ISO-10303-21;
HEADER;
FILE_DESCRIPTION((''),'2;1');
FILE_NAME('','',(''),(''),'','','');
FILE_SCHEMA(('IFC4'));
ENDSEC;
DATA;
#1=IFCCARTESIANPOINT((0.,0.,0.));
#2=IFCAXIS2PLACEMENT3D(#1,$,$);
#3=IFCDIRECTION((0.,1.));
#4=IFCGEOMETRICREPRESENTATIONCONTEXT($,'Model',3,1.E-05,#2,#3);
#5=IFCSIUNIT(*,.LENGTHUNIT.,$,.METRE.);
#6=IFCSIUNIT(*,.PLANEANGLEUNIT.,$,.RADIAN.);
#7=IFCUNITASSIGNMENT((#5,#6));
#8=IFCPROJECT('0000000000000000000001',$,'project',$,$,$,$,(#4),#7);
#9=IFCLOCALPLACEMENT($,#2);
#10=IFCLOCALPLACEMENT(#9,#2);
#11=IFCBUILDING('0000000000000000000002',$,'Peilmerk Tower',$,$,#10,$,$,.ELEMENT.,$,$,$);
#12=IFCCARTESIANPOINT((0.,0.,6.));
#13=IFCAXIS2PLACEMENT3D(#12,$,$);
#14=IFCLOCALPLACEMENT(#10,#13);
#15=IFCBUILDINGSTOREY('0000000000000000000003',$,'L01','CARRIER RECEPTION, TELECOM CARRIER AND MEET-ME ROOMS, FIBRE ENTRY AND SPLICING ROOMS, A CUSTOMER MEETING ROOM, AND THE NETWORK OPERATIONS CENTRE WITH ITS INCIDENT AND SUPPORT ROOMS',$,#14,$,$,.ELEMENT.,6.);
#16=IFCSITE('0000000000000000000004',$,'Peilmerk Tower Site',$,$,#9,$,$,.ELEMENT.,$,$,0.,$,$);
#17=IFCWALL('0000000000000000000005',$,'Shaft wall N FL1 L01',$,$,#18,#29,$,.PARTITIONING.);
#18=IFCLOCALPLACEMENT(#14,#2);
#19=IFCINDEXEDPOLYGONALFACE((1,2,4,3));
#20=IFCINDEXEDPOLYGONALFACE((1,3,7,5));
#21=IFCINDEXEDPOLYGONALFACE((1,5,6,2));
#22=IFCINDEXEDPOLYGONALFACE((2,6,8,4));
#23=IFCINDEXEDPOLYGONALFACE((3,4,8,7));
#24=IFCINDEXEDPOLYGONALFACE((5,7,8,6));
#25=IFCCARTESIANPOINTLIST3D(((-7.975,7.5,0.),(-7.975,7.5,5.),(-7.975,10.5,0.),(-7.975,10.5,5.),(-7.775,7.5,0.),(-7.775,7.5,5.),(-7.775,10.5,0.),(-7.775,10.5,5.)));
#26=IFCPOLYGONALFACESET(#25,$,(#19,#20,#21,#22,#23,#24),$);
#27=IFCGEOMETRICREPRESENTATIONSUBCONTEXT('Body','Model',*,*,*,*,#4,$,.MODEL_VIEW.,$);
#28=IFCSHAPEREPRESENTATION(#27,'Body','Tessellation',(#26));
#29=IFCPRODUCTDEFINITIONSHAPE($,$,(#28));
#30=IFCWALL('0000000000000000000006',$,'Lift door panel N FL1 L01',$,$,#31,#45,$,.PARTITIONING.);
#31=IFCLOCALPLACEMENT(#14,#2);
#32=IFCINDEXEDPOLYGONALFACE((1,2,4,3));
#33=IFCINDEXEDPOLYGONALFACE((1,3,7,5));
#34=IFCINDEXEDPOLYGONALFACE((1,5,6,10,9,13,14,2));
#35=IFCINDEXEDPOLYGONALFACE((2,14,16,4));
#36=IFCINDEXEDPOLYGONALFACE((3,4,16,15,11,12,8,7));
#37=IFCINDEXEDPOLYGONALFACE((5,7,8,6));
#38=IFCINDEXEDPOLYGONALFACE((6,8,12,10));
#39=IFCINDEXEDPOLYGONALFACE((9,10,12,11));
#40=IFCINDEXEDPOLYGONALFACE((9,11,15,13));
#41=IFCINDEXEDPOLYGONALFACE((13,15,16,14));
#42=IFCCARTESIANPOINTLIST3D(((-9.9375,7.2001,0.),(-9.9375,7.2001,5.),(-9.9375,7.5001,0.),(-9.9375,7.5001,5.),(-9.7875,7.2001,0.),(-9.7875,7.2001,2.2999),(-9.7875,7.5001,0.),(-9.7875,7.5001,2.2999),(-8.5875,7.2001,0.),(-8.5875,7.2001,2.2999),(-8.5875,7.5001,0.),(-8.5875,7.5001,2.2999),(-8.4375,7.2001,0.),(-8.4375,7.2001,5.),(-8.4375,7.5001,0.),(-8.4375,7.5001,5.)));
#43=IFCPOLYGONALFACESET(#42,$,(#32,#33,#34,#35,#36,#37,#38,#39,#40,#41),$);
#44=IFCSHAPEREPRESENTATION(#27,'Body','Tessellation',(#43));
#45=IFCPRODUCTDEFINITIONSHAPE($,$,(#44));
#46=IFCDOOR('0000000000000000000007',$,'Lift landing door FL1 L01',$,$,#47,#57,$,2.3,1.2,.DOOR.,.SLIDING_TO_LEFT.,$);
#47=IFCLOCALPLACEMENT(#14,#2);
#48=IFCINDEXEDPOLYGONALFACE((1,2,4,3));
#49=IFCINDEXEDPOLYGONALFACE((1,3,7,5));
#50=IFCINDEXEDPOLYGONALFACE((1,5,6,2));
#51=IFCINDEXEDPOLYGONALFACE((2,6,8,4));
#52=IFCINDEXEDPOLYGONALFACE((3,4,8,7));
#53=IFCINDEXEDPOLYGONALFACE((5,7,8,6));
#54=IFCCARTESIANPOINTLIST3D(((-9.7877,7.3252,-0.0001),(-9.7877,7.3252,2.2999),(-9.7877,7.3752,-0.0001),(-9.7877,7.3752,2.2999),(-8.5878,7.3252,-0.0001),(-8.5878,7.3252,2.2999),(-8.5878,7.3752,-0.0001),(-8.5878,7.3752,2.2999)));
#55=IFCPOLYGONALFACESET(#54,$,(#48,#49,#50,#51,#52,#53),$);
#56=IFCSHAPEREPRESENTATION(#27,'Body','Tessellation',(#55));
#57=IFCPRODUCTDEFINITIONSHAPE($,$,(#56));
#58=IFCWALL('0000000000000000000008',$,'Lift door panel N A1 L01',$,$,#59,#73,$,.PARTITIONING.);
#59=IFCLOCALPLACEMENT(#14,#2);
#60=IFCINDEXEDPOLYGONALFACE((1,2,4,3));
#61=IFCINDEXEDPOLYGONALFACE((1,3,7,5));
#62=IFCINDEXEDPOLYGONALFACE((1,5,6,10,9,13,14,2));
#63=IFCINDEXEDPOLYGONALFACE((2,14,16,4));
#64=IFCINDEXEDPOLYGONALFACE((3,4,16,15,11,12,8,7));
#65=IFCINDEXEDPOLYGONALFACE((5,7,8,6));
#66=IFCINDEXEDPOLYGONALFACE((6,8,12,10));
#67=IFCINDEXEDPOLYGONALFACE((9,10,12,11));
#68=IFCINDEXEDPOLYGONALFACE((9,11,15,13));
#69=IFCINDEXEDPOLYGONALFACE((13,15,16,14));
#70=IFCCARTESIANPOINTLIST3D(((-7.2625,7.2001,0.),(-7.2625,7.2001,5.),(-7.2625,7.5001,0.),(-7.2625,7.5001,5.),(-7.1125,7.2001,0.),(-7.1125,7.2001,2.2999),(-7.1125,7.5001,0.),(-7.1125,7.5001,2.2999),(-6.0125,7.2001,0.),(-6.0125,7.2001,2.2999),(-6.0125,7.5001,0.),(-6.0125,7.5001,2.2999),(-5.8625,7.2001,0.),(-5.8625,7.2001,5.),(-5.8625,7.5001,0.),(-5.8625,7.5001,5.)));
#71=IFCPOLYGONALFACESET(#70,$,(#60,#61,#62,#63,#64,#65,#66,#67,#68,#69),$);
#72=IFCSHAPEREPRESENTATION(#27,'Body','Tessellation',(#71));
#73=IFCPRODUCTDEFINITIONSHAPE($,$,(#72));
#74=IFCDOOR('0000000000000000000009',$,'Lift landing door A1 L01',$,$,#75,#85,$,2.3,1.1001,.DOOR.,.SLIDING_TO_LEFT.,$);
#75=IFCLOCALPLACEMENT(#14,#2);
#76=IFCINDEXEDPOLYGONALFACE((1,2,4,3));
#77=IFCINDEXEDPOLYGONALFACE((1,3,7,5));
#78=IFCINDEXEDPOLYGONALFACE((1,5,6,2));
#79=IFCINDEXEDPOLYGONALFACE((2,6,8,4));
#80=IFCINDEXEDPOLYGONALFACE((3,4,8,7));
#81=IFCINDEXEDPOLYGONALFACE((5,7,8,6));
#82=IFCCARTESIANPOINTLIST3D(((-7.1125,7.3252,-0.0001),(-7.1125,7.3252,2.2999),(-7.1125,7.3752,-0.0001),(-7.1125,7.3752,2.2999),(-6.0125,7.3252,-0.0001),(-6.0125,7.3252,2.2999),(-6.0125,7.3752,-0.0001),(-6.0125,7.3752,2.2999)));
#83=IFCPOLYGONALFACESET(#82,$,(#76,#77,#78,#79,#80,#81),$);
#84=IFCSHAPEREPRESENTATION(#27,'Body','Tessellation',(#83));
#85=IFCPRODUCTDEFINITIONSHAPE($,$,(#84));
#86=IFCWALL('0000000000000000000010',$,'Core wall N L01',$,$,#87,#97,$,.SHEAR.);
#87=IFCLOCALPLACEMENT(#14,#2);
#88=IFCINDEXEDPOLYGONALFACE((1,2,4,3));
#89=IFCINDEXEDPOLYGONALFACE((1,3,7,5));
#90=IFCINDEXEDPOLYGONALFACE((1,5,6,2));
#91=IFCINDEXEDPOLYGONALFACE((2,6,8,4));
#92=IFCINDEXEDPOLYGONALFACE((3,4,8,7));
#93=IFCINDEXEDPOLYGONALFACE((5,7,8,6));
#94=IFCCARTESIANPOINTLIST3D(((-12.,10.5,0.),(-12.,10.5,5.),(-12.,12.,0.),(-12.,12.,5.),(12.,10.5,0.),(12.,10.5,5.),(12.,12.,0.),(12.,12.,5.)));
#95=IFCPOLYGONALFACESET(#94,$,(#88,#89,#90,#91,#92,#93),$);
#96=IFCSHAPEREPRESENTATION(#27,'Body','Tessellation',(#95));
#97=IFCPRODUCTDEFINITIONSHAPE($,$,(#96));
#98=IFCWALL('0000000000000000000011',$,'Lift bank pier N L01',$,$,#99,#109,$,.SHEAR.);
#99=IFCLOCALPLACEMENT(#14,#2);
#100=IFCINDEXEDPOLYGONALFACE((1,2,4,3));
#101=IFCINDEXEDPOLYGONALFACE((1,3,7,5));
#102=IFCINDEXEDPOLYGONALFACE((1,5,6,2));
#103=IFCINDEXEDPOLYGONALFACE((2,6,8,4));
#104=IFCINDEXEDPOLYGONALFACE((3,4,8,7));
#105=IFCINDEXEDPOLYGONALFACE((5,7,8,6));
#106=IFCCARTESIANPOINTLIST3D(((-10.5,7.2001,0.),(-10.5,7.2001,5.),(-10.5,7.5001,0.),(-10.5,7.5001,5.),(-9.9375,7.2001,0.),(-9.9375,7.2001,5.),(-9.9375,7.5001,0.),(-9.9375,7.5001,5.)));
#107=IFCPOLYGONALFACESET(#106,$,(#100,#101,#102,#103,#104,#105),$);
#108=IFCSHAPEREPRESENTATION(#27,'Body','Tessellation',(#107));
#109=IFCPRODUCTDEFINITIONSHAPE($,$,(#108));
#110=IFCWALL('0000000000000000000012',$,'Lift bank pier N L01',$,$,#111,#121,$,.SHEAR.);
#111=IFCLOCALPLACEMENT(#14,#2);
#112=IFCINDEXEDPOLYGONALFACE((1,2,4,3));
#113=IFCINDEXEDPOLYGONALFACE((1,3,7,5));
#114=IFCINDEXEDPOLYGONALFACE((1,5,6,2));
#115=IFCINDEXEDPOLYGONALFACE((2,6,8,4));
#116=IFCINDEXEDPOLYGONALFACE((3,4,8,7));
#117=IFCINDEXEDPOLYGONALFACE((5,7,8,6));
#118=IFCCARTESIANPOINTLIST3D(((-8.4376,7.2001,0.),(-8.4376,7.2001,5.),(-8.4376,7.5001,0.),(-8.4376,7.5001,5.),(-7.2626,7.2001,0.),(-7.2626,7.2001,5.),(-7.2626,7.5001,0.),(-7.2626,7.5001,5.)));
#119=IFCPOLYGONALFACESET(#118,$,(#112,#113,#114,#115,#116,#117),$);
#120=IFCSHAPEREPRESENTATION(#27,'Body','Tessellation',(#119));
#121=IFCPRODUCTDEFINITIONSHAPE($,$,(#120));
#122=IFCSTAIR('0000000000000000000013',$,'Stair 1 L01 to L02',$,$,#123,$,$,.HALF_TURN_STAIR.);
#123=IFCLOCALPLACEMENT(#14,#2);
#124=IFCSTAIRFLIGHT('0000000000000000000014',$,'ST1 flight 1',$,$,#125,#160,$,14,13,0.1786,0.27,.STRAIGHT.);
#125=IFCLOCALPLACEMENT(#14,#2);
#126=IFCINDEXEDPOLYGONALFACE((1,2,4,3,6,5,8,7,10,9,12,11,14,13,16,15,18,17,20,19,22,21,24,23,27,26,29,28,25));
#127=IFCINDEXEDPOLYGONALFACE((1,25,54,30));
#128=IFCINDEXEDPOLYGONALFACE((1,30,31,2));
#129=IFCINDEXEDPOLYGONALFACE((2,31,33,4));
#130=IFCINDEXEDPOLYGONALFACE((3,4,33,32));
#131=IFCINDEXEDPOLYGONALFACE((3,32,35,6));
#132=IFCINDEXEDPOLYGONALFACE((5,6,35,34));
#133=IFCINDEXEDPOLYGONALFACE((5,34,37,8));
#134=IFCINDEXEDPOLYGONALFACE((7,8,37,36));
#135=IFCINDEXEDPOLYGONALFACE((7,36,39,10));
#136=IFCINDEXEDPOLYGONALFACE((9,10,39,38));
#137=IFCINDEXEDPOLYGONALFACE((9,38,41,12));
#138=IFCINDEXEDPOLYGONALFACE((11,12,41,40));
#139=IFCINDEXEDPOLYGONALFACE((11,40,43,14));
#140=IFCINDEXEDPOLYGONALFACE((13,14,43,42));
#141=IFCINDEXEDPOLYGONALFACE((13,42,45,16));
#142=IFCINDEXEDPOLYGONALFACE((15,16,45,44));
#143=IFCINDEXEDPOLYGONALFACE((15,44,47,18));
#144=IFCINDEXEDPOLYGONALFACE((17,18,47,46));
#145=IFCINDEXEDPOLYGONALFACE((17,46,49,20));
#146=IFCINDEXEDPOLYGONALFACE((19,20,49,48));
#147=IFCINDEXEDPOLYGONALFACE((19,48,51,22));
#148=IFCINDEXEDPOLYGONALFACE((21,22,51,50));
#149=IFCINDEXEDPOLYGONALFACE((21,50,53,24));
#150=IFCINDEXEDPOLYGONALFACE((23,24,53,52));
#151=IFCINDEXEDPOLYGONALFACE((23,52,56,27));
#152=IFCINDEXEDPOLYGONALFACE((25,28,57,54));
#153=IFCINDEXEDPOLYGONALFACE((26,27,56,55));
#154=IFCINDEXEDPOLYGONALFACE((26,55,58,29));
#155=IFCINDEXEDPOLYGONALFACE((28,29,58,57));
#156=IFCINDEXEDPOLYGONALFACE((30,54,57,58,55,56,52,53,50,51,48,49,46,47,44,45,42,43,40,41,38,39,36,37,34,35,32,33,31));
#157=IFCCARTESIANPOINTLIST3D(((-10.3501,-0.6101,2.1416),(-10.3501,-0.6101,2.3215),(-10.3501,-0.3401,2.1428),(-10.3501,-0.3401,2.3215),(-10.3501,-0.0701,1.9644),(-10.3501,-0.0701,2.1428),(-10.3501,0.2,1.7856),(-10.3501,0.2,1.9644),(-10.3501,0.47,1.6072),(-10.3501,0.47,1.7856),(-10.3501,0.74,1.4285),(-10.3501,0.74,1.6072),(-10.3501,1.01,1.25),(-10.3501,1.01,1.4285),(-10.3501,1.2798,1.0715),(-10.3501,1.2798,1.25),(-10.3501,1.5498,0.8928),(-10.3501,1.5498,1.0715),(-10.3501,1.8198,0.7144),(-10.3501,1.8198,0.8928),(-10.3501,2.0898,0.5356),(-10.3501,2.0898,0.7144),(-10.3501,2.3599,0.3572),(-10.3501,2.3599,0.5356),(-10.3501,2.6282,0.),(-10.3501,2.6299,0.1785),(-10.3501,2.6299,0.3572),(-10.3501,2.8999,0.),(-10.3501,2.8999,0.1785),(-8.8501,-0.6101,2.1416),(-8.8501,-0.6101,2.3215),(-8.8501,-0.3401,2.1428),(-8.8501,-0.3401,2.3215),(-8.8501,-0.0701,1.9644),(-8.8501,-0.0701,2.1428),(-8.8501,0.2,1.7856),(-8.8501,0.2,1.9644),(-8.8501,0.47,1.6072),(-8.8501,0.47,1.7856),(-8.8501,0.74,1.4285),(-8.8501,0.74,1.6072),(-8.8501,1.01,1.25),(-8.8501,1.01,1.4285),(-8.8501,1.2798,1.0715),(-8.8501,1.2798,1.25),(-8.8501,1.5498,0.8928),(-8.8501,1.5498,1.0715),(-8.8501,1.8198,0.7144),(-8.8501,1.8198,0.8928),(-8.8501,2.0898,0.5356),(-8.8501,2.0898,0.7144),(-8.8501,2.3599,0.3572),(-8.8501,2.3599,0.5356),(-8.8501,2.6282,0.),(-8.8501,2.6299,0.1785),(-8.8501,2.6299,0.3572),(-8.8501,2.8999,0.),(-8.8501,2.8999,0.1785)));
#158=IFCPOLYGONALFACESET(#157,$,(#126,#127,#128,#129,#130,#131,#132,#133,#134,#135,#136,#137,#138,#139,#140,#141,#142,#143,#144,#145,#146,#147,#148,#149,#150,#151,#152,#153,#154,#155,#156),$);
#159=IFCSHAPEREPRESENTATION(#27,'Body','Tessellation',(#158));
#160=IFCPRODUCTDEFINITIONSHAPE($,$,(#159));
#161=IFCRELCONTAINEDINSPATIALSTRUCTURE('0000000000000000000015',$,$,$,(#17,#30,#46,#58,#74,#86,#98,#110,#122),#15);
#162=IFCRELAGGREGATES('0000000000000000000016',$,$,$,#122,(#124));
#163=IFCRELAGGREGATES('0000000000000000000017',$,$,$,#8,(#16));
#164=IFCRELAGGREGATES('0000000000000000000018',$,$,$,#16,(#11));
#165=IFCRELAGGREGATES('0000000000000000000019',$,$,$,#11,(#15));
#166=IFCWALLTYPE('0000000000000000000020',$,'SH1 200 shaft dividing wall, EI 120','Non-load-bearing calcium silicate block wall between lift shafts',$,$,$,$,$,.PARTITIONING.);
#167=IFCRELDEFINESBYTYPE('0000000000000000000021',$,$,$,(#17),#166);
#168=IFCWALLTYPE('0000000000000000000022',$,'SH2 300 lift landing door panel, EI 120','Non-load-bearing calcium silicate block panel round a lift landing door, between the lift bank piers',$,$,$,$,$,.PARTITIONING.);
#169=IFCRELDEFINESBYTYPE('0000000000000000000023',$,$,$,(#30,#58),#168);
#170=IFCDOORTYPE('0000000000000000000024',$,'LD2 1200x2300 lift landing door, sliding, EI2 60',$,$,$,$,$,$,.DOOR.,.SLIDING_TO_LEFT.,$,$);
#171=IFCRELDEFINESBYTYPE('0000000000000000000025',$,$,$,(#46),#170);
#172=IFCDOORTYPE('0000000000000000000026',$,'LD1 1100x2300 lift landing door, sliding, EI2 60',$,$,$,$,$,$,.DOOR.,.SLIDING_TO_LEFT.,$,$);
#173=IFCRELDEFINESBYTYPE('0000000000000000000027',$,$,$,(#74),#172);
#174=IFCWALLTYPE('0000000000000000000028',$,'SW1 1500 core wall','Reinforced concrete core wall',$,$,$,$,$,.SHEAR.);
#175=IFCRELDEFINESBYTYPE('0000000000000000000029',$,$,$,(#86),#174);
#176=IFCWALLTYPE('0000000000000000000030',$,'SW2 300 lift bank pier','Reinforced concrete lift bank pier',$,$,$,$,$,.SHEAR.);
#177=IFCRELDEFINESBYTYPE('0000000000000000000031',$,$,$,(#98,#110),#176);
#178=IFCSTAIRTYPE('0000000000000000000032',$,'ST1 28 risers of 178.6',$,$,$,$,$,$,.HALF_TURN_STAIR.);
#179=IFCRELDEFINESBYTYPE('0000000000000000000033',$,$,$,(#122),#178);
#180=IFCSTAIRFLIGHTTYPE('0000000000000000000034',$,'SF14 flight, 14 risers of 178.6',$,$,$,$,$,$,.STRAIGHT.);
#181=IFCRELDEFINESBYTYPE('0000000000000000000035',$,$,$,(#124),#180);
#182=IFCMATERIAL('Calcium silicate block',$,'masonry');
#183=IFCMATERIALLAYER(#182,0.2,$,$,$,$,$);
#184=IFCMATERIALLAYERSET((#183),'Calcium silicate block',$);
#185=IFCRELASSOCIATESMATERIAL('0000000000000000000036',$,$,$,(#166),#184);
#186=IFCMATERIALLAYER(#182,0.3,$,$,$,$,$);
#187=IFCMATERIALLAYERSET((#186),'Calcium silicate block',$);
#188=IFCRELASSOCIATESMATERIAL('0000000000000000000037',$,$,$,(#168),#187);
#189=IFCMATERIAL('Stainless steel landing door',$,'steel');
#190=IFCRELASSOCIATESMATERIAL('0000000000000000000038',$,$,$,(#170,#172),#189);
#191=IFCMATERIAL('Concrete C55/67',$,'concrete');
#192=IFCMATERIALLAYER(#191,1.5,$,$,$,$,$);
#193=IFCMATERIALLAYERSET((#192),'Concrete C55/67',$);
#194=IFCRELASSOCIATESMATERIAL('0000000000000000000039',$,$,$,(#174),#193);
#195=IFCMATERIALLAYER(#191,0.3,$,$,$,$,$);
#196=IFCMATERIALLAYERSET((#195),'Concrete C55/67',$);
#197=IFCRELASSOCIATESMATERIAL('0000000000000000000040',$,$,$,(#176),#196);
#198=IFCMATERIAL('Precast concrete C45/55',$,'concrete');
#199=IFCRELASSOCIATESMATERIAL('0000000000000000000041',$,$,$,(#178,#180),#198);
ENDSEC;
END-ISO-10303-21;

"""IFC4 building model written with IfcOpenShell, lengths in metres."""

from ifc_helpers import new_model, si_unit, direction, frame, frame_2d, origin, place, context, subcontext, project, spatial, polyline, rectangle, outline, extrude, material, layer, layer_set, type_object, element, fill, aggregate, save


model = new_model("IFC4")

# Units and contexts
model_context = context("Model", 3, precision=1e-05, world=origin(), true_north=direction((0.0, 1.0)))
body_context = subcontext(model_context, "Body", "Model", "MODEL_VIEW")
ifc_project = project(units=[si_unit("LENGTHUNIT", "METRE"), si_unit("PLANEANGLEUNIT", "RADIAN")], contexts=[model_context])

# Site, building, storey
site_placement = place(None, origin())
site = spatial("IfcSite", under=ifc_project, at=site_placement, Name="Peilmerk Tower Site", CompositionType="ELEMENT", RefElevation=0.0)
building_placement = place(site_placement, origin())
building = spatial("IfcBuilding", under=site, at=building_placement, Name="Peilmerk Tower", CompositionType="ELEMENT")
storey_placement = place(building_placement, frame((0.0, 0.0, 6.0)))
storey = spatial("IfcBuildingStorey", under=building, at=storey_placement, Name="L01", Description="CARRIER RECEPTION, TELECOM CARRIER AND MEET-ME ROOMS, FIBRE ENTRY AND SPLICING ROOMS, A CUSTOMER MEETING ROOM, AND THE NETWORK OPERATIONS CENTRE WITH ITS INCIDENT AND SUPPORT ROOMS", CompositionType="ELEMENT", Elevation=6.0)

# Shared definitions
ifc_material_1 = material(Name="Calcium silicate block", Category="masonry")

# Wall
ifc_layer_1 = layer(ifc_material_1, 0.2)
ifc_layer_set_1 = layer_set([ifc_layer_1], Name="Calcium silicate block")
wall_type_1 = type_object("IfcWallType", Name="SH1 200 shaft dividing wall, EI 120", Description="Non-load-bearing calcium silicate block wall between lift shafts", PredefinedType="PARTITIONING", material=ifc_layer_set_1)
wall_1_placement = place(storey_placement, frame((-7.875, 7.5, 0.0), z_axis=(0.0, 0.0, 1.0), x_axis=(0.0, 1.0, 0.0)))
element("IfcWall", 1, at=wall_1_placement, inside=storey, type_object=wall_type_1, Name="Shaft wall N FL1 L01", PredefinedType="PARTITIONING", context=body_context, shape_type="SweptSolid", body=[
    extrude(rectangle(XDim=3.0, YDim=0.2, at=frame_2d((1.5, 0.0))), origin(), (0.0, 0.0, 1.0), 5.0),
])

# Walls, openings, doors
ifc_layer_2 = layer(ifc_material_1, 0.3)
ifc_layer_set_2 = layer_set([ifc_layer_2], Name="Calcium silicate block")
wall_type_2 = type_object("IfcWallType", Name="SH2 300 lift landing door panel, EI 120", Description="Non-load-bearing calcium silicate block panel round a lift landing door, between the lift bank piers", PredefinedType="PARTITIONING", material=ifc_layer_set_2)
wall_2_placement = place(storey_placement, frame((-9.9375, 7.3501, 0.0), z_axis=(0.0, 0.0, 1.0), x_axis=(1.0, 0.0, 0.0)))
wall_2 = element("IfcWall", 2, at=wall_2_placement, inside=storey, type_object=wall_type_2, Name="Lift door panel N FL1 L01", PredefinedType="PARTITIONING", context=body_context, shape_type="SweptSolid", body=[
    extrude(rectangle(XDim=1.5, YDim=0.3, at=frame_2d((0.75, 0.0))), origin(), (0.0, 0.0, 1.0), 5.0),
])
opening_1_placement = place(wall_2_placement, frame((0.1499, 0.0, 0.0)))
opening_1 = element("IfcOpeningElement", 3, at=opening_1_placement, cuts=wall_2, PredefinedType="OPENING", context=body_context, shape_type="SweptSolid", body=[
    extrude(rectangle(XDim=1.2, YDim=2.3, at=frame_2d((0.6001, 1.1499))), frame((0.0, 0.1599, 0.0), z_axis=(0.0, -1.0, 0.0), x_axis=(1.0, 0.0, 0.0)), (0.0, 0.0, 1.0), 0.3201),
])
ifc_material_2 = material(Name="Stainless steel landing door", Category="steel")
door_type_1 = type_object("IfcDoorType", Name="LD2 1200x2300 lift landing door, sliding, EI2 60", OperationType="SLIDING_TO_LEFT", PredefinedType="DOOR", material=ifc_material_2)
door_1_placement = place(opening_1_placement, frame((1.2, 0.0, 0.0), z_axis=(0.0, 0.0, 1.0), x_axis=(-1.0, 0.0, 0.0)))
door_1 = element("IfcDoor", 4, at=door_1_placement, inside=storey, type_object=door_type_1, Name="Lift landing door FL1 L01", OperationType="SLIDING_TO_LEFT", OverallHeight=2.3, OverallWidth=1.2, PredefinedType="DOOR", context=body_context, shape_type="SweptSolid", body=[
    extrude(rectangle(XDim=1.2, YDim=2.3, at=frame_2d((0.6001, 1.1499))), frame((0.0, 0.0249, 0.0), z_axis=(0.0, -1.0, 0.0), x_axis=(1.0, 0.0, 0.0)), (0.0, 0.0, 1.0), 0.05),
])
fill(opening_1, door_1)
wall_3_placement = place(storey_placement, frame((-7.2625, 7.3501, 0.0), z_axis=(0.0, 0.0, 1.0), x_axis=(1.0, 0.0, 0.0)))
wall_3 = element("IfcWall", 5, at=wall_3_placement, inside=storey, type_object=wall_type_2, Name="Lift door panel N A1 L01", PredefinedType="PARTITIONING", context=body_context, shape_type="SweptSolid", body=[
    extrude(rectangle(XDim=1.3999, YDim=0.3, at=frame_2d((0.7, 0.0))), origin(), (0.0, 0.0, 1.0), 5.0),
])
opening_2_placement = place(wall_3_placement, frame((0.1499, 0.0, 0.0)))
opening_2 = element("IfcOpeningElement", 6, at=opening_2_placement, cuts=wall_3, PredefinedType="OPENING", context=body_context, shape_type="SweptSolid", body=[
    extrude(rectangle(XDim=1.1001, YDim=2.3, at=frame_2d((0.55, 1.1499))), frame((0.0, 0.1599, 0.0), z_axis=(0.0, -1.0, 0.0), x_axis=(1.0, 0.0, 0.0)), (0.0, 0.0, 1.0), 0.3201),
])
door_type_2 = type_object("IfcDoorType", Name="LD1 1100x2300 lift landing door, sliding, EI2 60", OperationType="SLIDING_TO_LEFT", PredefinedType="DOOR", material=ifc_material_2)
door_2_placement = place(opening_2_placement, frame((1.1001, 0.0, 0.0), z_axis=(0.0, 0.0, 1.0), x_axis=(-1.0, 0.0, 0.0)))
door_2 = element("IfcDoor", 7, at=door_2_placement, inside=storey, type_object=door_type_2, Name="Lift landing door A1 L01", OperationType="SLIDING_TO_LEFT", OverallHeight=2.3, OverallWidth=1.1001, PredefinedType="DOOR", context=body_context, shape_type="SweptSolid", body=[
    extrude(rectangle(XDim=1.1001, YDim=2.3, at=frame_2d((0.55, 1.1499))), frame((0.0, 0.0249, 0.0), z_axis=(0.0, -1.0, 0.0), x_axis=(1.0, 0.0, 0.0)), (0.0, 0.0, 1.0), 0.05),
])
fill(opening_2, door_2)

# Walls
ifc_material_3 = material(Name="Concrete C55/67", Category="concrete")
ifc_layer_3 = layer(ifc_material_3, 1.5)
ifc_layer_set_3 = layer_set([ifc_layer_3], Name="Concrete C55/67")
wall_type_3 = type_object("IfcWallType", Name="SW1 1500 core wall", Description="Reinforced concrete core wall", PredefinedType="SHEAR", material=ifc_layer_set_3)
wall_4_placement = place(storey_placement, frame((-12.0, 11.25, 0.0), z_axis=(0.0, 0.0, 1.0), x_axis=(1.0, 0.0, 0.0)))
element("IfcWall", 8, at=wall_4_placement, inside=storey, type_object=wall_type_3, Name="Core wall N L01", PredefinedType="SHEAR", context=body_context, shape_type="SweptSolid", body=[
    extrude(rectangle(XDim=24.0, YDim=1.5, at=frame_2d((12.0, 0.0))), origin(), (0.0, 0.0, 1.0), 5.0),
])
ifc_layer_4 = layer(ifc_material_3, 0.3)
ifc_layer_set_4 = layer_set([ifc_layer_4], Name="Concrete C55/67")
wall_type_4 = type_object("IfcWallType", Name="SW2 300 lift bank pier", Description="Reinforced concrete lift bank pier", PredefinedType="SHEAR", material=ifc_layer_set_4)
wall_5_placement = place(storey_placement, frame((-10.5, 7.3501, 0.0), z_axis=(0.0, 0.0, 1.0), x_axis=(1.0, 0.0, 0.0)))
element("IfcWall", 9, at=wall_5_placement, inside=storey, type_object=wall_type_4, Name="Lift bank pier N L01", PredefinedType="SHEAR", context=body_context, shape_type="SweptSolid", body=[
    extrude(rectangle(XDim=0.5625, YDim=0.3, at=frame_2d((0.2812, 0.0))), origin(), (0.0, 0.0, 1.0), 5.0),
])
wall_6_placement = place(storey_placement, frame((-8.4375, 7.3501, 0.0), z_axis=(0.0, 0.0, 1.0), x_axis=(1.0, 0.0, 0.0)))
element("IfcWall", 10, at=wall_6_placement, inside=storey, type_object=wall_type_4, Name="Lift bank pier N L01", PredefinedType="SHEAR", context=body_context, shape_type="SweptSolid", body=[
    extrude(rectangle(XDim=1.175, YDim=0.3, at=frame_2d((0.5874, 0.0))), origin(), (0.0, 0.0, 1.0), 5.0),
])

# Stair, stair flight
ifc_material_4 = material(Name="Precast concrete C45/55", Category="concrete")
stair_type = type_object("IfcStairType", Name="ST1 28 risers of 178.6", PredefinedType="HALF_TURN_STAIR", material=ifc_material_4)
stair_placement = place(storey_placement, origin())
stair = element("IfcStair", 11, at=stair_placement, inside=storey, type_object=stair_type, Name="Stair 1 L01 to L02", PredefinedType="HALF_TURN_STAIR")
stair_flight_type = type_object("IfcStairFlightType", Name="SF14 flight, 14 risers of 178.6", PredefinedType="STRAIGHT", material=ifc_material_4)
stair_flight_placement = place(storey_placement, frame((-9.6001, 2.8999, 0.0), z_axis=(0.0, 0.0, 1.0), x_axis=(0.0, -1.0, 0.0)))
stair_flight = element("IfcStairFlight", 12, at=stair_flight_placement, type_object=stair_flight_type, Name="ST1 flight 1", NumberOfRisers=14, NumberOfTreads=13, PredefinedType="STRAIGHT", RiserHeight=0.1786, TreadLength=0.27, context=body_context, shape_type="SweptSolid", body=[
    extrude(outline(polyline([(0.0, 0.0), (0.0, 0.1785), (0.27, 0.1785), (0.27, 0.3572), (0.54, 0.3572), (0.54, 0.5356), (0.8101, 0.5356), (0.8101, 0.7144), (1.0801, 0.7144), (1.0801, 0.8928), (1.3501, 0.8928), (1.3501, 1.0715), (1.6201, 1.0715), (1.6201, 1.25), (1.8899, 1.25), (1.8899, 1.4285), (2.1599, 1.4285), (2.1599, 1.6072), (2.4299, 1.6072), (2.4299, 1.7856), (2.7, 1.7856), (2.7, 1.9644), (2.97, 1.9644), (2.97, 2.1428), (3.24, 2.1428), (3.24, 2.3215), (3.51, 2.3215), (3.51, 2.5), (3.51, 2.1416), (0.2717, 0.0), (0.0, 0.0)])), frame((0.0, 0.75, 0.0), z_axis=(0.0, -1.0, 0.0), x_axis=(1.0, 0.0, 0.0)), (0.0, 0.0, 1.0), 1.5),
])
aggregate(stair, [stair_flight])

save(model, "model.ifc")
